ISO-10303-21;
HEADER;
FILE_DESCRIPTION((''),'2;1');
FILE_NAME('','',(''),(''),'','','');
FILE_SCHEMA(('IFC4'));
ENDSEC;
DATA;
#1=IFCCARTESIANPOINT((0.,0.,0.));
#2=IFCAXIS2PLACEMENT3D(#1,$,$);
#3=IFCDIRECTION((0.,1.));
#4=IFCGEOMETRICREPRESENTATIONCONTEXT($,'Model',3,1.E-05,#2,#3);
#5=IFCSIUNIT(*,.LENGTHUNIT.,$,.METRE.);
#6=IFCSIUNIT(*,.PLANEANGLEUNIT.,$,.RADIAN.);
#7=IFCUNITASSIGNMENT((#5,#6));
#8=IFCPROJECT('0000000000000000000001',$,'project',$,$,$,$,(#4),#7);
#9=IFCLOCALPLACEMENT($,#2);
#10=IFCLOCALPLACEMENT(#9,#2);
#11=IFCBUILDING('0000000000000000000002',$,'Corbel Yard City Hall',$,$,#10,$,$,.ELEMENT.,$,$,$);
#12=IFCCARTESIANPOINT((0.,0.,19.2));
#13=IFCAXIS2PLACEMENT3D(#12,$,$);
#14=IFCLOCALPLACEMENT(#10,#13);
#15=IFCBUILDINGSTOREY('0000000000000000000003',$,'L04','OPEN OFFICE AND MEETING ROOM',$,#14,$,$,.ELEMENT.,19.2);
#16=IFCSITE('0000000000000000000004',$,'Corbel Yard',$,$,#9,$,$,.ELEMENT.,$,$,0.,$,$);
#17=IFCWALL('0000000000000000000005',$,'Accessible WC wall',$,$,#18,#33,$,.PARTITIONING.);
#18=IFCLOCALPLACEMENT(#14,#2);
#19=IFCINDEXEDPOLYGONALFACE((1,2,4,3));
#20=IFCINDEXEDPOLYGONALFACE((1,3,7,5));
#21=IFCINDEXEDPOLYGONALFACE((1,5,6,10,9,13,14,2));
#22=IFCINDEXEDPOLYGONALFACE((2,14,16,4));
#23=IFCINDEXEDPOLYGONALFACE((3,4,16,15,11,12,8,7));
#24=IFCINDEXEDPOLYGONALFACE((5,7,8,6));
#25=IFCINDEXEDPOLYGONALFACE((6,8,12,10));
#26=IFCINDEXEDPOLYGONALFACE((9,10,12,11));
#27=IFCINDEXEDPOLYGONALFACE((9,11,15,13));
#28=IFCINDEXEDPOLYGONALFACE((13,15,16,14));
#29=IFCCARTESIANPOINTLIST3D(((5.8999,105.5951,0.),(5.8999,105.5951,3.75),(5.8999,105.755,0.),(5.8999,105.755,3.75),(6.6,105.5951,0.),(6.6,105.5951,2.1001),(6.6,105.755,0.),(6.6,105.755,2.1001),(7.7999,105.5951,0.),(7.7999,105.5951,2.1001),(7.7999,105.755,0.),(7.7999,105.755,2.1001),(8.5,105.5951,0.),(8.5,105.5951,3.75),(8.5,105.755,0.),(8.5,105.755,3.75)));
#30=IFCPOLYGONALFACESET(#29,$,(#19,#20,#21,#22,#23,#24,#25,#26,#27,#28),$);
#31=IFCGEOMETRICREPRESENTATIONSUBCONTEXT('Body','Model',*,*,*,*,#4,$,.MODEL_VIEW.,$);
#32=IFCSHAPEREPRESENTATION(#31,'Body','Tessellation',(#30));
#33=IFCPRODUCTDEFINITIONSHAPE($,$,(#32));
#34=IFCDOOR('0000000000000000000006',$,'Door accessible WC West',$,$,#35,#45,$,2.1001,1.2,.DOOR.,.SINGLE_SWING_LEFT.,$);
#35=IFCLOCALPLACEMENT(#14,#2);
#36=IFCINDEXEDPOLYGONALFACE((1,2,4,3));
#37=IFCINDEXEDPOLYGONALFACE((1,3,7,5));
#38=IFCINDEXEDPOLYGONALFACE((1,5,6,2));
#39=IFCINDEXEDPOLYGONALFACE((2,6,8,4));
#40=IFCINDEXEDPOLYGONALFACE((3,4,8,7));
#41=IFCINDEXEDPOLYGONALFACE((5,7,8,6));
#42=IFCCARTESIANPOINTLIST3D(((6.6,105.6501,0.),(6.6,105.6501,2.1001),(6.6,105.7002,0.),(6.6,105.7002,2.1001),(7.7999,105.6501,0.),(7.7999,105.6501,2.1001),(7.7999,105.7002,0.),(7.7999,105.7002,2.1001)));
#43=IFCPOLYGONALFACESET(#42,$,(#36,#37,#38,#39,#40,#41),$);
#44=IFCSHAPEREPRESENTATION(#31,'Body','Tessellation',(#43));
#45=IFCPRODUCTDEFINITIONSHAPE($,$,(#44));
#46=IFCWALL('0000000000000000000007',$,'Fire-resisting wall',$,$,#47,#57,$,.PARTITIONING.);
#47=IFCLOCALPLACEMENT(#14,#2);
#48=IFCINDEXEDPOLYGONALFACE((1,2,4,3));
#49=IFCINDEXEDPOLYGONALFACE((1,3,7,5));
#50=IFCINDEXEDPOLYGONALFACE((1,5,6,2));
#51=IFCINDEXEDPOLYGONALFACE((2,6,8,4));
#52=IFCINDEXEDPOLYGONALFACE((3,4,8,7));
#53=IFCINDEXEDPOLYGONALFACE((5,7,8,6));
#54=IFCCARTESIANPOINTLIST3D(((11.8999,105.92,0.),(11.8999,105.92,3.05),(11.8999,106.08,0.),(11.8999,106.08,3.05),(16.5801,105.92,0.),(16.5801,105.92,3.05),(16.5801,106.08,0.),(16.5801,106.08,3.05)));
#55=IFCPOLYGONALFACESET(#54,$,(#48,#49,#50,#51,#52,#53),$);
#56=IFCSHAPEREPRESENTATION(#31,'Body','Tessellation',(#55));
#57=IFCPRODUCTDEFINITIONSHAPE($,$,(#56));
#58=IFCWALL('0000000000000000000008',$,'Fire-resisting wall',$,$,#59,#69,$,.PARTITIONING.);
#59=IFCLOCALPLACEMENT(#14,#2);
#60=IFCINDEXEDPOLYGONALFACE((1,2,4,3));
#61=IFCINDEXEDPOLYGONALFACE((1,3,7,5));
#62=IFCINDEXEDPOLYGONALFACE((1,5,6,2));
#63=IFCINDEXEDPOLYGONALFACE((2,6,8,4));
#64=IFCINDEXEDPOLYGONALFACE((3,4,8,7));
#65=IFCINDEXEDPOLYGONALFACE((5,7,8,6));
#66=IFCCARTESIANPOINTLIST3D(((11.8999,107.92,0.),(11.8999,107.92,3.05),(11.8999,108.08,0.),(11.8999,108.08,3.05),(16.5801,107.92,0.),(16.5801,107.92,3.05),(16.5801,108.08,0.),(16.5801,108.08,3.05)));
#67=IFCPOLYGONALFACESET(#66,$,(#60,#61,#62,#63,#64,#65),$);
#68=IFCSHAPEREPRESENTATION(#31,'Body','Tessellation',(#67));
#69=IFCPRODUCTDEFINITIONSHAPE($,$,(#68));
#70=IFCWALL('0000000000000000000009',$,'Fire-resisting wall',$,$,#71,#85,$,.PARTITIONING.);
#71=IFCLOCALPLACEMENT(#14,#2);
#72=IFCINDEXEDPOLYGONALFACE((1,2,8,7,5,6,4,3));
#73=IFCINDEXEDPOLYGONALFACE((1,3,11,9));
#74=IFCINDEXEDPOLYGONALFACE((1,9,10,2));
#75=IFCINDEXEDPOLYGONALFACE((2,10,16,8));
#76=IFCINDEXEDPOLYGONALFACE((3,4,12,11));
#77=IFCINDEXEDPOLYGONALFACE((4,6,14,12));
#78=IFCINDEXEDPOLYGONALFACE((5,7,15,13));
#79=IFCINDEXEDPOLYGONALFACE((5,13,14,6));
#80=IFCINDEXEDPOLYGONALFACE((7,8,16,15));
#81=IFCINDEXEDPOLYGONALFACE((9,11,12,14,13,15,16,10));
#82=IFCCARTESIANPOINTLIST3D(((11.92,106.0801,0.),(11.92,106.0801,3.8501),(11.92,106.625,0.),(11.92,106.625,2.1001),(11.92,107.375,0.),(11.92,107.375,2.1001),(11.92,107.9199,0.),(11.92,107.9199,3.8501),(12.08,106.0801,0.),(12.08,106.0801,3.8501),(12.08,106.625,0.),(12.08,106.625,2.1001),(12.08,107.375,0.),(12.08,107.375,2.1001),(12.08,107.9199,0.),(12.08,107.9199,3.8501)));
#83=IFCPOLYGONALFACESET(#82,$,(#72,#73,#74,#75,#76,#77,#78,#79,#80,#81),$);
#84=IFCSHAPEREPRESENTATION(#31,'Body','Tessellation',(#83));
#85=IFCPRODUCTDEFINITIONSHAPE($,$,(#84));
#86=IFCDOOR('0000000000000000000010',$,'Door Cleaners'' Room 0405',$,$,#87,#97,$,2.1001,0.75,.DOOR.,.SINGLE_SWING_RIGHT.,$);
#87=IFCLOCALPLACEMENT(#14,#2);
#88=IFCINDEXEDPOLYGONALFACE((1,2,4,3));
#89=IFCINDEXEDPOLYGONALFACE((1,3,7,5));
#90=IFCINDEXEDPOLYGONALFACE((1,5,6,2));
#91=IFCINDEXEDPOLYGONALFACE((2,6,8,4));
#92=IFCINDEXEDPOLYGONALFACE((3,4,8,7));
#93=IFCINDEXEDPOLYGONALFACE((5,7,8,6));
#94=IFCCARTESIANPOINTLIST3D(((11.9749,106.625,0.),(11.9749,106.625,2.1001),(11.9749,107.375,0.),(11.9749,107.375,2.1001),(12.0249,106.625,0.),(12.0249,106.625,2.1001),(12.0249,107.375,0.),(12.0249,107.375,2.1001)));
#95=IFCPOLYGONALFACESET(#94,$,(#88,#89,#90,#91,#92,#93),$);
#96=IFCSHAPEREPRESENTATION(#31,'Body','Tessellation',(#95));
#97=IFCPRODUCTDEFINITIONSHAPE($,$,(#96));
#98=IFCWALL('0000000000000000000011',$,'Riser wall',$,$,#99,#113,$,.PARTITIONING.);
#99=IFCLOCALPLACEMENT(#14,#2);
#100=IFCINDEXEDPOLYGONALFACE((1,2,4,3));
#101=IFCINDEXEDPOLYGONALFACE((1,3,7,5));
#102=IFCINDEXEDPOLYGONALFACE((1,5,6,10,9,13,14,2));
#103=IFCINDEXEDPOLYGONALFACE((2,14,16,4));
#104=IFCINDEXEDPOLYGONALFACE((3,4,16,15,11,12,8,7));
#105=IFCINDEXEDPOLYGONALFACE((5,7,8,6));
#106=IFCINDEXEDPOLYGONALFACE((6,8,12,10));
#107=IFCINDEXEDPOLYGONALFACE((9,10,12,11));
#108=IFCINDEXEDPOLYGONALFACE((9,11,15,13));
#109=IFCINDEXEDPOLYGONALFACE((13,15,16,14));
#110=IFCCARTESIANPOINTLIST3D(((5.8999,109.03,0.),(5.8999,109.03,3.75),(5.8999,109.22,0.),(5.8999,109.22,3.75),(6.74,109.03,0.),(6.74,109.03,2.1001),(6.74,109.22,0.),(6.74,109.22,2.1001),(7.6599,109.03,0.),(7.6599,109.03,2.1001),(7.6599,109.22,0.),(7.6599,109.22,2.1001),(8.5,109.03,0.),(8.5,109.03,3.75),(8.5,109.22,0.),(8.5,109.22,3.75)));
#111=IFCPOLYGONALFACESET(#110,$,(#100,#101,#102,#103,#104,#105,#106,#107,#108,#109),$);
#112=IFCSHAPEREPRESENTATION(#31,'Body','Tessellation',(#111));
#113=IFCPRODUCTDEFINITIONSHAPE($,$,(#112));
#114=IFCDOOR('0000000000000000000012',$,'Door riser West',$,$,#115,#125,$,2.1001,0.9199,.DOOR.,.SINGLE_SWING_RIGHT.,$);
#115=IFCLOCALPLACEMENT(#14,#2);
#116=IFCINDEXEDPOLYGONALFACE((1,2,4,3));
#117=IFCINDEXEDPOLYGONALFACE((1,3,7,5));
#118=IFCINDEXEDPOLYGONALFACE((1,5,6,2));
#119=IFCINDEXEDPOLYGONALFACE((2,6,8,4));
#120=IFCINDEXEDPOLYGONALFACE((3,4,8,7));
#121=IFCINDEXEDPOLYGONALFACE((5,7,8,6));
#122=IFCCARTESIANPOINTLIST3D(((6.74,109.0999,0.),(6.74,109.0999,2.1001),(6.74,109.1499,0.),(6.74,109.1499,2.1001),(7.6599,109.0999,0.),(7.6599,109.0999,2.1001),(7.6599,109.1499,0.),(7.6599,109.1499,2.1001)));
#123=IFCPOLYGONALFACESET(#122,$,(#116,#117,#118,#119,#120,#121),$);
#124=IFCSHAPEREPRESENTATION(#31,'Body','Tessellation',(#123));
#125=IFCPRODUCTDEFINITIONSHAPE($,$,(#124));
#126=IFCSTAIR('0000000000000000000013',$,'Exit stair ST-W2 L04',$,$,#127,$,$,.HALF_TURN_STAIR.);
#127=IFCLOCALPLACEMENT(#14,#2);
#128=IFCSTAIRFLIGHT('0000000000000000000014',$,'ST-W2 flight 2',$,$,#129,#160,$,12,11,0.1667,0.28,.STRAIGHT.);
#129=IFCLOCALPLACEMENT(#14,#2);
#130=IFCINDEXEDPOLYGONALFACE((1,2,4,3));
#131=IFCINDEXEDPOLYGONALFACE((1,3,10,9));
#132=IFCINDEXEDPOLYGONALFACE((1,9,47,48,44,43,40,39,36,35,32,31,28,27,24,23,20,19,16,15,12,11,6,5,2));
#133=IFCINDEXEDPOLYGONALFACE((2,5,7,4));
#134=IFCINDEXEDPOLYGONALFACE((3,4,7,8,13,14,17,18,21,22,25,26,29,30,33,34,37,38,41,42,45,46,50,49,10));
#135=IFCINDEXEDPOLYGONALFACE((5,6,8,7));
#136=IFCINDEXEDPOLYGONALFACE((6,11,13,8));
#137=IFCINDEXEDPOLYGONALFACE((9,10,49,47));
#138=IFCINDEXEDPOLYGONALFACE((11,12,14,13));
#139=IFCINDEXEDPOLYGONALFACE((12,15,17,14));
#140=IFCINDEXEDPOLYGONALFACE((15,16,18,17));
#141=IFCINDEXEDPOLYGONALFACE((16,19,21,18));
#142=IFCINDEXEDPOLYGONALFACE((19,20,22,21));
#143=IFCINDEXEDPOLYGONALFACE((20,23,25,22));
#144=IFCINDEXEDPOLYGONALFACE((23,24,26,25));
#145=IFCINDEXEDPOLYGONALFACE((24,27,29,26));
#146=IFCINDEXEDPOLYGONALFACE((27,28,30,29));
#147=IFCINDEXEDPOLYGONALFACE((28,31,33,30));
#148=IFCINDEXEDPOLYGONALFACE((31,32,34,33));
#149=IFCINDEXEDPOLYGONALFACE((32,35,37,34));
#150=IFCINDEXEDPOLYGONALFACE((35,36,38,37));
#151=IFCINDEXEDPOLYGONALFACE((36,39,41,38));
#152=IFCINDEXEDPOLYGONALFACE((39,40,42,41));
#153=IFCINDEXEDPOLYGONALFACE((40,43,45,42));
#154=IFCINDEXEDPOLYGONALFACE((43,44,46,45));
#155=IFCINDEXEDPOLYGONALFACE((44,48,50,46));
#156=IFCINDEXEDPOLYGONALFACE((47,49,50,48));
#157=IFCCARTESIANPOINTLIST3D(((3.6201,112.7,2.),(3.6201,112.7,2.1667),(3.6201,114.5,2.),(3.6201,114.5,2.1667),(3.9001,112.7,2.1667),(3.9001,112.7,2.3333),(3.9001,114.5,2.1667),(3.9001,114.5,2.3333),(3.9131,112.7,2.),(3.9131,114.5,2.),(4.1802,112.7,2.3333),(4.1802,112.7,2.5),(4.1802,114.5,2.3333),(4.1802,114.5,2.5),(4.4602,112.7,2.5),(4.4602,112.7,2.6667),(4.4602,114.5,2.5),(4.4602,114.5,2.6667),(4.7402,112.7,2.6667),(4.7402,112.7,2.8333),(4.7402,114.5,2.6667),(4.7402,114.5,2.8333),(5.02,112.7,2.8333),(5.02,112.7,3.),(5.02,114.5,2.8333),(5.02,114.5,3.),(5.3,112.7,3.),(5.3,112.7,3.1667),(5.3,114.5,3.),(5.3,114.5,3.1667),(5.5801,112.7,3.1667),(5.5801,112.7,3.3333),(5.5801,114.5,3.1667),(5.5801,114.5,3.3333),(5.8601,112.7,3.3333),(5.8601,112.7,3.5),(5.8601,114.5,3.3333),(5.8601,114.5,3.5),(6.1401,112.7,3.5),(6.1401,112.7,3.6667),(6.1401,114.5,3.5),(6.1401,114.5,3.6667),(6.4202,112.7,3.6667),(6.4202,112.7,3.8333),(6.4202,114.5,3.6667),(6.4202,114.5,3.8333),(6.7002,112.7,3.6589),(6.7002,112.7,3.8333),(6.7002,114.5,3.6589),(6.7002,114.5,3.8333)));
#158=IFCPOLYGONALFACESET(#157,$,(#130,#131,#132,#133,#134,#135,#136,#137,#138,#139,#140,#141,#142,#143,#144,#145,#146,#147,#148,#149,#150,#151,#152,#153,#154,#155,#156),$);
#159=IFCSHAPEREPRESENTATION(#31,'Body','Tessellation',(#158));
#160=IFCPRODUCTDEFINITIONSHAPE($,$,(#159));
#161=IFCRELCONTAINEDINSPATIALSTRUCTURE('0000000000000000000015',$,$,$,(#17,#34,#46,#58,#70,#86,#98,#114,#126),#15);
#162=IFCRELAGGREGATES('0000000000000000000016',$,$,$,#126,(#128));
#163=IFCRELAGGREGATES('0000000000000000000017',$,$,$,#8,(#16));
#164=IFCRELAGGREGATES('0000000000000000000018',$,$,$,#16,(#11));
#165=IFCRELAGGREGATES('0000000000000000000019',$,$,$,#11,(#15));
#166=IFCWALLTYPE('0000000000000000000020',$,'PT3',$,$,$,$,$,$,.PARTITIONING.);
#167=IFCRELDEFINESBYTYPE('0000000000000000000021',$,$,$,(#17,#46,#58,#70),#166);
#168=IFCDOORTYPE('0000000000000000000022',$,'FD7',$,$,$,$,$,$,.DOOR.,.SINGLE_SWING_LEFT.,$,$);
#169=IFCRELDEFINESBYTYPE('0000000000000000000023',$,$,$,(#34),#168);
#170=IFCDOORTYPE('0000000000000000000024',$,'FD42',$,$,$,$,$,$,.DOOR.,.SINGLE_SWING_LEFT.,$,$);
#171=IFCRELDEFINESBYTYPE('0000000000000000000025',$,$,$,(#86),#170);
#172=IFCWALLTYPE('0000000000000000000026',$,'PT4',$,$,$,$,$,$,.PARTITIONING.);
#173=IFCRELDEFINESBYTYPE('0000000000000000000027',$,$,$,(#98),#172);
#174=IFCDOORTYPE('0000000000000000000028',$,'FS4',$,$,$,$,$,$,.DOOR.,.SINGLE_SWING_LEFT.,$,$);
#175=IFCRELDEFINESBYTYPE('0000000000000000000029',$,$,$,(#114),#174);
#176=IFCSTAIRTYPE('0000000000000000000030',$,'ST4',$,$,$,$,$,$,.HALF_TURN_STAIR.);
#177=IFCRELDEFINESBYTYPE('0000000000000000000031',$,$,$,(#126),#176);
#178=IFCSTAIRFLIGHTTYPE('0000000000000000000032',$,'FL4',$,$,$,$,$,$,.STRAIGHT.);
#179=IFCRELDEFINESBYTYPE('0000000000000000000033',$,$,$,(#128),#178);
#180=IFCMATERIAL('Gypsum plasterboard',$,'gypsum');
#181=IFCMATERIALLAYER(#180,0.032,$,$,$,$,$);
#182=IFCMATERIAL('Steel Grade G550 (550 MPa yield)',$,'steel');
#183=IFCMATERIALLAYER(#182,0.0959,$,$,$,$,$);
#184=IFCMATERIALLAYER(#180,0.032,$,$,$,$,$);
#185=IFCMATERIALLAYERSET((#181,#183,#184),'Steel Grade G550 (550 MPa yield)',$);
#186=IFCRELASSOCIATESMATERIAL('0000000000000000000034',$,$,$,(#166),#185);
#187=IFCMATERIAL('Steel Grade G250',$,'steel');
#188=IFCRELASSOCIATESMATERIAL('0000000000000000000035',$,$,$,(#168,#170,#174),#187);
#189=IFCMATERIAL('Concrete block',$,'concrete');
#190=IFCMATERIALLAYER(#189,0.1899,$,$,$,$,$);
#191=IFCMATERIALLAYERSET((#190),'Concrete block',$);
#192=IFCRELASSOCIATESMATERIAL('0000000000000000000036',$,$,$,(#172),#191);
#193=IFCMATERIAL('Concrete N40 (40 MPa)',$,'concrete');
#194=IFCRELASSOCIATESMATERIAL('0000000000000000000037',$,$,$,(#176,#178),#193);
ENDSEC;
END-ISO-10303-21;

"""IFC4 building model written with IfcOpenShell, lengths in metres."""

from ifc_helpers import new_model, si_unit, direction, frame, frame_2d, origin, place, context, subcontext, project, spatial, polyline, rectangle, outline, extrude, material, layer, layer_set, type_object, element, fill, aggregate, save


model = new_model("IFC4")

# Units and contexts
model_context = context("Model", 3, precision=1e-05, world=origin(), true_north=direction((0.0, 1.0)))
body_context = subcontext(model_context, "Body", "Model", "MODEL_VIEW")
ifc_project = project(units=[si_unit("LENGTHUNIT", "METRE"), si_unit("PLANEANGLEUNIT", "RADIAN")], contexts=[model_context])

# Site, building, storey
site_placement = place(None, origin())
site = spatial("IfcSite", under=ifc_project, at=site_placement, Name="Corbel Yard", CompositionType="ELEMENT", RefElevation=0.0)
building_placement = place(site_placement, origin())
building = spatial("IfcBuilding", under=site, at=building_placement, Name="Corbel Yard City Hall", CompositionType="ELEMENT")
storey_placement = place(building_placement, frame((0.0, 0.0, 19.2)))
storey = spatial("IfcBuildingStorey", under=building, at=storey_placement, Name="L04", Description="OPEN OFFICE AND MEETING ROOM", CompositionType="ELEMENT", Elevation=19.2)

# Shared definitions
ifc_material_1 = material(Name="Concrete N40 (40 MPa)", Category="concrete")

# Wall, opening, door
ifc_material_2 = material(Name="Gypsum plasterboard", Category="gypsum")
ifc_layer_1 = layer(ifc_material_2, 0.032)
ifc_material_3 = material(Name="Steel Grade G550 (550 MPa yield)", Category="steel")
ifc_layer_2 = layer(ifc_material_3, 0.0959)
ifc_layer_3 = layer(ifc_material_2, 0.032)
ifc_layer_set_1 = layer_set([ifc_layer_1, ifc_layer_2, ifc_layer_3], Name="Steel Grade G550 (550 MPa yield)")
wall_type_1 = type_object("IfcWallType", Name="PT3", PredefinedType="PARTITIONING", material=ifc_layer_set_1)
wall_1_placement = place(storey_placement, frame((8.5, 105.675, 0.0), z_axis=(0.0, 0.0, 1.0), x_axis=(-1.0, 0.0, 0.0)))
wall_1 = element("IfcWall", 1, at=wall_1_placement, inside=storey, type_object=wall_type_1, Name="Accessible WC wall", PredefinedType="PARTITIONING", context=body_context, shape_type="SweptSolid", body=[
    extrude(rectangle(XDim=2.6001, YDim=0.1599, at=frame_2d((1.3, 0.0))), origin(), (0.0, 0.0, 1.0), 3.75),
])
opening_1_placement = place(wall_1_placement, frame((0.7, 0.0, 0.0)))
opening_1 = element("IfcOpeningElement", 2, at=opening_1_placement, cuts=wall_1, PredefinedType="OPENING", context=body_context, shape_type="SweptSolid", body=[
    extrude(rectangle(XDim=1.2, YDim=2.1001, at=frame_2d((0.6001, 1.05))), frame((0.0, 0.0898, 0.0), z_axis=(0.0, -1.0, 0.0), x_axis=(1.0, 0.0, 0.0)), (0.0, 0.0, 1.0), 0.1799),
])
ifc_material_4 = material(Name="Steel Grade G250", Category="steel")
door_type_1 = type_object("IfcDoorType", Name="FD7", OperationType="SINGLE_SWING_LEFT", PredefinedType="DOOR", material=ifc_material_4)
door_1_placement = place(opening_1_placement, origin())
door_1 = element("IfcDoor", 3, at=door_1_placement, inside=storey, type_object=door_type_1, Name="Door accessible WC West", OperationType="SINGLE_SWING_LEFT", OverallHeight=2.1001, OverallWidth=1.2, PredefinedType="DOOR", context=body_context, shape_type="SweptSolid", body=[
    extrude(rectangle(XDim=1.2, YDim=2.1001, at=frame_2d((0.6001, 1.05))), frame((0.0, 0.0249, 0.0), z_axis=(0.0, -1.0, 0.0), x_axis=(1.0, 0.0, 0.0)), (0.0, 0.0, 1.0), 0.05),
])
fill(opening_1, door_1)

# Walls
for number, where, z_axis, x_axis, name in (
    (4, (11.8999, 106.0, 0.0), (0.0, 0.0, 1.0), (1.0, 0.0, 0.0), "Fire-resisting wall"),
    (5, (11.8999, 108.0, 0.0), (0.0, 0.0, 1.0), (1.0, 0.0, 0.0), "Fire-resisting wall"),
):
    element("IfcWall", number, at=place(storey_placement, frame(where, z_axis=z_axis, x_axis=x_axis)), inside=storey, type_object=wall_type_1, Name=name, PredefinedType="PARTITIONING", context=body_context, shape_type="SweptSolid", body=[
        extrude(rectangle(XDim=4.6802, YDim=0.1599, at=frame_2d((2.3401, 0.0))), origin(), (0.0, 0.0, 1.0), 3.05),
    ])

# Walls, openings, doors
wall_2_placement = place(storey_placement, frame((12.0, 106.0801, 0.0), z_axis=(0.0, 0.0, 1.0), x_axis=(0.0, 1.0, 0.0)))
wall_2 = element("IfcWall", 6, at=wall_2_placement, inside=storey, type_object=wall_type_1, Name="Fire-resisting wall", PredefinedType="PARTITIONING", context=body_context, shape_type="SweptSolid", body=[
    extrude(rectangle(XDim=1.8398, YDim=0.1599, at=frame_2d((0.9199, 0.0))), origin(), (0.0, 0.0, 1.0), 3.8501),
])
opening_2_placement = place(wall_2_placement, frame((0.5449, 0.0, 0.0)))
opening_2 = element("IfcOpeningElement", 7, at=opening_2_placement, cuts=wall_2, PredefinedType="OPENING", context=body_context, shape_type="SweptSolid", body=[
    extrude(rectangle(XDim=0.75, YDim=2.1001, at=frame_2d((0.375, 1.05))), frame((0.0, 0.0898, 0.0), z_axis=(0.0, -1.0, 0.0), x_axis=(1.0, 0.0, 0.0)), (0.0, 0.0, 1.0), 0.1799),
])
door_type_2 = type_object("IfcDoorType", Name="FD42", OperationType="SINGLE_SWING_LEFT", PredefinedType="DOOR", material=ifc_material_4)
door_2_placement = place(opening_2_placement, frame((0.75, 0.0, 0.0), z_axis=(0.0, 0.0, 1.0), x_axis=(-1.0, 0.0, 0.0)))
door_2 = element("IfcDoor", 8, at=door_2_placement, inside=storey, type_object=door_type_2, Name="Door Cleaners' Room 0405", OperationType="SINGLE_SWING_RIGHT", OverallHeight=2.1001, OverallWidth=0.75, PredefinedType="DOOR", context=body_context, shape_type="SweptSolid", body=[
    extrude(rectangle(XDim=0.75, YDim=2.1001, at=frame_2d((0.375, 1.05))), frame((0.0, 0.0249, 0.0), z_axis=(0.0, -1.0, 0.0), x_axis=(1.0, 0.0, 0.0)), (0.0, 0.0, 1.0), 0.05),
])
fill(opening_2, door_2)
ifc_material_5 = material(Name="Concrete block", Category="concrete")
ifc_layer_4 = layer(ifc_material_5, 0.1899)
ifc_layer_set_2 = layer_set([ifc_layer_4], Name="Concrete block")
wall_type_2 = type_object("IfcWallType", Name="PT4", PredefinedType="PARTITIONING", material=ifc_layer_set_2)
wall_3_placement = place(storey_placement, frame((8.5, 109.125, 0.0), z_axis=(0.0, 0.0, 1.0), x_axis=(-1.0, 0.0, 0.0)))
wall_3 = element("IfcWall", 9, at=wall_3_placement, inside=storey, type_object=wall_type_2, Name="Riser wall", PredefinedType="PARTITIONING", context=body_context, shape_type="SweptSolid", body=[
    extrude(rectangle(XDim=2.6001, YDim=0.1899, at=frame_2d((1.3, 0.0))), origin(), (0.0, 0.0, 1.0), 3.75),
])
opening_3_placement = place(wall_3_placement, frame((0.8401, 0.0, 0.0)))
opening_3 = element("IfcOpeningElement", 10, at=opening_3_placement, cuts=wall_3, PredefinedType="OPENING", context=body_context, shape_type="SweptSolid", body=[
    extrude(rectangle(XDim=0.9199, YDim=2.1001, at=frame_2d((0.46, 1.05))), frame((0.0, 0.105, 0.0), z_axis=(0.0, -1.0, 0.0), x_axis=(1.0, 0.0, 0.0)), (0.0, 0.0, 1.0), 0.21),
])
door_type_3 = type_object("IfcDoorType", Name="FS4", OperationType="SINGLE_SWING_LEFT", PredefinedType="DOOR", material=ifc_material_4)
door_3_placement = place(opening_3_placement, frame((0.9199, 0.0, 0.0), z_axis=(0.0, 0.0, 1.0), x_axis=(-1.0, 0.0, 0.0)))
door_3 = element("IfcDoor", 11, at=door_3_placement, inside=storey, type_object=door_type_3, Name="Door riser West", OperationType="SINGLE_SWING_RIGHT", OverallHeight=2.1001, OverallWidth=0.9199, PredefinedType="DOOR", context=body_context, shape_type="SweptSolid", body=[
    extrude(rectangle(XDim=0.9199, YDim=2.1001, at=frame_2d((0.46, 1.05))), frame((0.0, 0.0249, 0.0), z_axis=(0.0, -1.0, 0.0), x_axis=(1.0, 0.0, 0.0)), (0.0, 0.0, 1.0), 0.05),
])
fill(opening_3, door_3)

# Stair, stair flight
stair_type = type_object("IfcStairType", Name="ST4", PredefinedType="HALF_TURN_STAIR", material=ifc_material_1)
stair_placement = place(storey_placement, origin())
stair = element("IfcStair", 12, at=stair_placement, inside=storey, type_object=stair_type, Name="Exit stair ST-W2 L04", PredefinedType="HALF_TURN_STAIR")
stair_flight_type = type_object("IfcStairFlightType", Name="FL4", PredefinedType="STRAIGHT", material=ifc_material_1)
stair_flight_placement = place(storey_placement, frame((3.6201, 113.6001, 2.0), z_axis=(0.0, 0.0, 1.0), x_axis=(1.0, 0.0, 0.0)))
stair_flight = element("IfcStairFlight", 13, at=stair_flight_placement, type_object=stair_flight_type, Name="ST-W2 flight 2", NumberOfRisers=12, NumberOfTreads=11, PredefinedType="STRAIGHT", RiserHeight=0.1667, TreadLength=0.28, context=body_context, shape_type="SweptSolid", body=[
    extrude(outline(polyline([(0.0, 0.0), (0.0, 0.1667), (0.28, 0.1667), (0.28, 0.3333), (0.5601, 0.3333), (0.5601, 0.5), (0.8401, 0.5), (0.8401, 0.6667), (1.1201, 0.6667), (1.1201, 0.8333), (1.3999, 0.8333), (1.3999, 1.0), (1.6799, 1.0), (1.6799, 1.1667), (1.96, 1.1667), (1.96, 1.3333), (2.24, 1.3333), (2.24, 1.5), (2.52, 1.5), (2.52, 1.6667), (2.8, 1.6667), (2.8, 1.8333), (3.0801, 1.8333), (3.0801, 2.0), (3.0801, 1.6589), (0.293, 0.0), (0.0, 0.0)])), frame((0.0, 0.8999, 0.0), z_axis=(0.0, -1.0, 0.0), x_axis=(1.0, 0.0, 0.0)), (0.0, 0.0, 1.0), 1.8),
])
aggregate(stair, [stair_flight])

save(model, "model.ifc")
